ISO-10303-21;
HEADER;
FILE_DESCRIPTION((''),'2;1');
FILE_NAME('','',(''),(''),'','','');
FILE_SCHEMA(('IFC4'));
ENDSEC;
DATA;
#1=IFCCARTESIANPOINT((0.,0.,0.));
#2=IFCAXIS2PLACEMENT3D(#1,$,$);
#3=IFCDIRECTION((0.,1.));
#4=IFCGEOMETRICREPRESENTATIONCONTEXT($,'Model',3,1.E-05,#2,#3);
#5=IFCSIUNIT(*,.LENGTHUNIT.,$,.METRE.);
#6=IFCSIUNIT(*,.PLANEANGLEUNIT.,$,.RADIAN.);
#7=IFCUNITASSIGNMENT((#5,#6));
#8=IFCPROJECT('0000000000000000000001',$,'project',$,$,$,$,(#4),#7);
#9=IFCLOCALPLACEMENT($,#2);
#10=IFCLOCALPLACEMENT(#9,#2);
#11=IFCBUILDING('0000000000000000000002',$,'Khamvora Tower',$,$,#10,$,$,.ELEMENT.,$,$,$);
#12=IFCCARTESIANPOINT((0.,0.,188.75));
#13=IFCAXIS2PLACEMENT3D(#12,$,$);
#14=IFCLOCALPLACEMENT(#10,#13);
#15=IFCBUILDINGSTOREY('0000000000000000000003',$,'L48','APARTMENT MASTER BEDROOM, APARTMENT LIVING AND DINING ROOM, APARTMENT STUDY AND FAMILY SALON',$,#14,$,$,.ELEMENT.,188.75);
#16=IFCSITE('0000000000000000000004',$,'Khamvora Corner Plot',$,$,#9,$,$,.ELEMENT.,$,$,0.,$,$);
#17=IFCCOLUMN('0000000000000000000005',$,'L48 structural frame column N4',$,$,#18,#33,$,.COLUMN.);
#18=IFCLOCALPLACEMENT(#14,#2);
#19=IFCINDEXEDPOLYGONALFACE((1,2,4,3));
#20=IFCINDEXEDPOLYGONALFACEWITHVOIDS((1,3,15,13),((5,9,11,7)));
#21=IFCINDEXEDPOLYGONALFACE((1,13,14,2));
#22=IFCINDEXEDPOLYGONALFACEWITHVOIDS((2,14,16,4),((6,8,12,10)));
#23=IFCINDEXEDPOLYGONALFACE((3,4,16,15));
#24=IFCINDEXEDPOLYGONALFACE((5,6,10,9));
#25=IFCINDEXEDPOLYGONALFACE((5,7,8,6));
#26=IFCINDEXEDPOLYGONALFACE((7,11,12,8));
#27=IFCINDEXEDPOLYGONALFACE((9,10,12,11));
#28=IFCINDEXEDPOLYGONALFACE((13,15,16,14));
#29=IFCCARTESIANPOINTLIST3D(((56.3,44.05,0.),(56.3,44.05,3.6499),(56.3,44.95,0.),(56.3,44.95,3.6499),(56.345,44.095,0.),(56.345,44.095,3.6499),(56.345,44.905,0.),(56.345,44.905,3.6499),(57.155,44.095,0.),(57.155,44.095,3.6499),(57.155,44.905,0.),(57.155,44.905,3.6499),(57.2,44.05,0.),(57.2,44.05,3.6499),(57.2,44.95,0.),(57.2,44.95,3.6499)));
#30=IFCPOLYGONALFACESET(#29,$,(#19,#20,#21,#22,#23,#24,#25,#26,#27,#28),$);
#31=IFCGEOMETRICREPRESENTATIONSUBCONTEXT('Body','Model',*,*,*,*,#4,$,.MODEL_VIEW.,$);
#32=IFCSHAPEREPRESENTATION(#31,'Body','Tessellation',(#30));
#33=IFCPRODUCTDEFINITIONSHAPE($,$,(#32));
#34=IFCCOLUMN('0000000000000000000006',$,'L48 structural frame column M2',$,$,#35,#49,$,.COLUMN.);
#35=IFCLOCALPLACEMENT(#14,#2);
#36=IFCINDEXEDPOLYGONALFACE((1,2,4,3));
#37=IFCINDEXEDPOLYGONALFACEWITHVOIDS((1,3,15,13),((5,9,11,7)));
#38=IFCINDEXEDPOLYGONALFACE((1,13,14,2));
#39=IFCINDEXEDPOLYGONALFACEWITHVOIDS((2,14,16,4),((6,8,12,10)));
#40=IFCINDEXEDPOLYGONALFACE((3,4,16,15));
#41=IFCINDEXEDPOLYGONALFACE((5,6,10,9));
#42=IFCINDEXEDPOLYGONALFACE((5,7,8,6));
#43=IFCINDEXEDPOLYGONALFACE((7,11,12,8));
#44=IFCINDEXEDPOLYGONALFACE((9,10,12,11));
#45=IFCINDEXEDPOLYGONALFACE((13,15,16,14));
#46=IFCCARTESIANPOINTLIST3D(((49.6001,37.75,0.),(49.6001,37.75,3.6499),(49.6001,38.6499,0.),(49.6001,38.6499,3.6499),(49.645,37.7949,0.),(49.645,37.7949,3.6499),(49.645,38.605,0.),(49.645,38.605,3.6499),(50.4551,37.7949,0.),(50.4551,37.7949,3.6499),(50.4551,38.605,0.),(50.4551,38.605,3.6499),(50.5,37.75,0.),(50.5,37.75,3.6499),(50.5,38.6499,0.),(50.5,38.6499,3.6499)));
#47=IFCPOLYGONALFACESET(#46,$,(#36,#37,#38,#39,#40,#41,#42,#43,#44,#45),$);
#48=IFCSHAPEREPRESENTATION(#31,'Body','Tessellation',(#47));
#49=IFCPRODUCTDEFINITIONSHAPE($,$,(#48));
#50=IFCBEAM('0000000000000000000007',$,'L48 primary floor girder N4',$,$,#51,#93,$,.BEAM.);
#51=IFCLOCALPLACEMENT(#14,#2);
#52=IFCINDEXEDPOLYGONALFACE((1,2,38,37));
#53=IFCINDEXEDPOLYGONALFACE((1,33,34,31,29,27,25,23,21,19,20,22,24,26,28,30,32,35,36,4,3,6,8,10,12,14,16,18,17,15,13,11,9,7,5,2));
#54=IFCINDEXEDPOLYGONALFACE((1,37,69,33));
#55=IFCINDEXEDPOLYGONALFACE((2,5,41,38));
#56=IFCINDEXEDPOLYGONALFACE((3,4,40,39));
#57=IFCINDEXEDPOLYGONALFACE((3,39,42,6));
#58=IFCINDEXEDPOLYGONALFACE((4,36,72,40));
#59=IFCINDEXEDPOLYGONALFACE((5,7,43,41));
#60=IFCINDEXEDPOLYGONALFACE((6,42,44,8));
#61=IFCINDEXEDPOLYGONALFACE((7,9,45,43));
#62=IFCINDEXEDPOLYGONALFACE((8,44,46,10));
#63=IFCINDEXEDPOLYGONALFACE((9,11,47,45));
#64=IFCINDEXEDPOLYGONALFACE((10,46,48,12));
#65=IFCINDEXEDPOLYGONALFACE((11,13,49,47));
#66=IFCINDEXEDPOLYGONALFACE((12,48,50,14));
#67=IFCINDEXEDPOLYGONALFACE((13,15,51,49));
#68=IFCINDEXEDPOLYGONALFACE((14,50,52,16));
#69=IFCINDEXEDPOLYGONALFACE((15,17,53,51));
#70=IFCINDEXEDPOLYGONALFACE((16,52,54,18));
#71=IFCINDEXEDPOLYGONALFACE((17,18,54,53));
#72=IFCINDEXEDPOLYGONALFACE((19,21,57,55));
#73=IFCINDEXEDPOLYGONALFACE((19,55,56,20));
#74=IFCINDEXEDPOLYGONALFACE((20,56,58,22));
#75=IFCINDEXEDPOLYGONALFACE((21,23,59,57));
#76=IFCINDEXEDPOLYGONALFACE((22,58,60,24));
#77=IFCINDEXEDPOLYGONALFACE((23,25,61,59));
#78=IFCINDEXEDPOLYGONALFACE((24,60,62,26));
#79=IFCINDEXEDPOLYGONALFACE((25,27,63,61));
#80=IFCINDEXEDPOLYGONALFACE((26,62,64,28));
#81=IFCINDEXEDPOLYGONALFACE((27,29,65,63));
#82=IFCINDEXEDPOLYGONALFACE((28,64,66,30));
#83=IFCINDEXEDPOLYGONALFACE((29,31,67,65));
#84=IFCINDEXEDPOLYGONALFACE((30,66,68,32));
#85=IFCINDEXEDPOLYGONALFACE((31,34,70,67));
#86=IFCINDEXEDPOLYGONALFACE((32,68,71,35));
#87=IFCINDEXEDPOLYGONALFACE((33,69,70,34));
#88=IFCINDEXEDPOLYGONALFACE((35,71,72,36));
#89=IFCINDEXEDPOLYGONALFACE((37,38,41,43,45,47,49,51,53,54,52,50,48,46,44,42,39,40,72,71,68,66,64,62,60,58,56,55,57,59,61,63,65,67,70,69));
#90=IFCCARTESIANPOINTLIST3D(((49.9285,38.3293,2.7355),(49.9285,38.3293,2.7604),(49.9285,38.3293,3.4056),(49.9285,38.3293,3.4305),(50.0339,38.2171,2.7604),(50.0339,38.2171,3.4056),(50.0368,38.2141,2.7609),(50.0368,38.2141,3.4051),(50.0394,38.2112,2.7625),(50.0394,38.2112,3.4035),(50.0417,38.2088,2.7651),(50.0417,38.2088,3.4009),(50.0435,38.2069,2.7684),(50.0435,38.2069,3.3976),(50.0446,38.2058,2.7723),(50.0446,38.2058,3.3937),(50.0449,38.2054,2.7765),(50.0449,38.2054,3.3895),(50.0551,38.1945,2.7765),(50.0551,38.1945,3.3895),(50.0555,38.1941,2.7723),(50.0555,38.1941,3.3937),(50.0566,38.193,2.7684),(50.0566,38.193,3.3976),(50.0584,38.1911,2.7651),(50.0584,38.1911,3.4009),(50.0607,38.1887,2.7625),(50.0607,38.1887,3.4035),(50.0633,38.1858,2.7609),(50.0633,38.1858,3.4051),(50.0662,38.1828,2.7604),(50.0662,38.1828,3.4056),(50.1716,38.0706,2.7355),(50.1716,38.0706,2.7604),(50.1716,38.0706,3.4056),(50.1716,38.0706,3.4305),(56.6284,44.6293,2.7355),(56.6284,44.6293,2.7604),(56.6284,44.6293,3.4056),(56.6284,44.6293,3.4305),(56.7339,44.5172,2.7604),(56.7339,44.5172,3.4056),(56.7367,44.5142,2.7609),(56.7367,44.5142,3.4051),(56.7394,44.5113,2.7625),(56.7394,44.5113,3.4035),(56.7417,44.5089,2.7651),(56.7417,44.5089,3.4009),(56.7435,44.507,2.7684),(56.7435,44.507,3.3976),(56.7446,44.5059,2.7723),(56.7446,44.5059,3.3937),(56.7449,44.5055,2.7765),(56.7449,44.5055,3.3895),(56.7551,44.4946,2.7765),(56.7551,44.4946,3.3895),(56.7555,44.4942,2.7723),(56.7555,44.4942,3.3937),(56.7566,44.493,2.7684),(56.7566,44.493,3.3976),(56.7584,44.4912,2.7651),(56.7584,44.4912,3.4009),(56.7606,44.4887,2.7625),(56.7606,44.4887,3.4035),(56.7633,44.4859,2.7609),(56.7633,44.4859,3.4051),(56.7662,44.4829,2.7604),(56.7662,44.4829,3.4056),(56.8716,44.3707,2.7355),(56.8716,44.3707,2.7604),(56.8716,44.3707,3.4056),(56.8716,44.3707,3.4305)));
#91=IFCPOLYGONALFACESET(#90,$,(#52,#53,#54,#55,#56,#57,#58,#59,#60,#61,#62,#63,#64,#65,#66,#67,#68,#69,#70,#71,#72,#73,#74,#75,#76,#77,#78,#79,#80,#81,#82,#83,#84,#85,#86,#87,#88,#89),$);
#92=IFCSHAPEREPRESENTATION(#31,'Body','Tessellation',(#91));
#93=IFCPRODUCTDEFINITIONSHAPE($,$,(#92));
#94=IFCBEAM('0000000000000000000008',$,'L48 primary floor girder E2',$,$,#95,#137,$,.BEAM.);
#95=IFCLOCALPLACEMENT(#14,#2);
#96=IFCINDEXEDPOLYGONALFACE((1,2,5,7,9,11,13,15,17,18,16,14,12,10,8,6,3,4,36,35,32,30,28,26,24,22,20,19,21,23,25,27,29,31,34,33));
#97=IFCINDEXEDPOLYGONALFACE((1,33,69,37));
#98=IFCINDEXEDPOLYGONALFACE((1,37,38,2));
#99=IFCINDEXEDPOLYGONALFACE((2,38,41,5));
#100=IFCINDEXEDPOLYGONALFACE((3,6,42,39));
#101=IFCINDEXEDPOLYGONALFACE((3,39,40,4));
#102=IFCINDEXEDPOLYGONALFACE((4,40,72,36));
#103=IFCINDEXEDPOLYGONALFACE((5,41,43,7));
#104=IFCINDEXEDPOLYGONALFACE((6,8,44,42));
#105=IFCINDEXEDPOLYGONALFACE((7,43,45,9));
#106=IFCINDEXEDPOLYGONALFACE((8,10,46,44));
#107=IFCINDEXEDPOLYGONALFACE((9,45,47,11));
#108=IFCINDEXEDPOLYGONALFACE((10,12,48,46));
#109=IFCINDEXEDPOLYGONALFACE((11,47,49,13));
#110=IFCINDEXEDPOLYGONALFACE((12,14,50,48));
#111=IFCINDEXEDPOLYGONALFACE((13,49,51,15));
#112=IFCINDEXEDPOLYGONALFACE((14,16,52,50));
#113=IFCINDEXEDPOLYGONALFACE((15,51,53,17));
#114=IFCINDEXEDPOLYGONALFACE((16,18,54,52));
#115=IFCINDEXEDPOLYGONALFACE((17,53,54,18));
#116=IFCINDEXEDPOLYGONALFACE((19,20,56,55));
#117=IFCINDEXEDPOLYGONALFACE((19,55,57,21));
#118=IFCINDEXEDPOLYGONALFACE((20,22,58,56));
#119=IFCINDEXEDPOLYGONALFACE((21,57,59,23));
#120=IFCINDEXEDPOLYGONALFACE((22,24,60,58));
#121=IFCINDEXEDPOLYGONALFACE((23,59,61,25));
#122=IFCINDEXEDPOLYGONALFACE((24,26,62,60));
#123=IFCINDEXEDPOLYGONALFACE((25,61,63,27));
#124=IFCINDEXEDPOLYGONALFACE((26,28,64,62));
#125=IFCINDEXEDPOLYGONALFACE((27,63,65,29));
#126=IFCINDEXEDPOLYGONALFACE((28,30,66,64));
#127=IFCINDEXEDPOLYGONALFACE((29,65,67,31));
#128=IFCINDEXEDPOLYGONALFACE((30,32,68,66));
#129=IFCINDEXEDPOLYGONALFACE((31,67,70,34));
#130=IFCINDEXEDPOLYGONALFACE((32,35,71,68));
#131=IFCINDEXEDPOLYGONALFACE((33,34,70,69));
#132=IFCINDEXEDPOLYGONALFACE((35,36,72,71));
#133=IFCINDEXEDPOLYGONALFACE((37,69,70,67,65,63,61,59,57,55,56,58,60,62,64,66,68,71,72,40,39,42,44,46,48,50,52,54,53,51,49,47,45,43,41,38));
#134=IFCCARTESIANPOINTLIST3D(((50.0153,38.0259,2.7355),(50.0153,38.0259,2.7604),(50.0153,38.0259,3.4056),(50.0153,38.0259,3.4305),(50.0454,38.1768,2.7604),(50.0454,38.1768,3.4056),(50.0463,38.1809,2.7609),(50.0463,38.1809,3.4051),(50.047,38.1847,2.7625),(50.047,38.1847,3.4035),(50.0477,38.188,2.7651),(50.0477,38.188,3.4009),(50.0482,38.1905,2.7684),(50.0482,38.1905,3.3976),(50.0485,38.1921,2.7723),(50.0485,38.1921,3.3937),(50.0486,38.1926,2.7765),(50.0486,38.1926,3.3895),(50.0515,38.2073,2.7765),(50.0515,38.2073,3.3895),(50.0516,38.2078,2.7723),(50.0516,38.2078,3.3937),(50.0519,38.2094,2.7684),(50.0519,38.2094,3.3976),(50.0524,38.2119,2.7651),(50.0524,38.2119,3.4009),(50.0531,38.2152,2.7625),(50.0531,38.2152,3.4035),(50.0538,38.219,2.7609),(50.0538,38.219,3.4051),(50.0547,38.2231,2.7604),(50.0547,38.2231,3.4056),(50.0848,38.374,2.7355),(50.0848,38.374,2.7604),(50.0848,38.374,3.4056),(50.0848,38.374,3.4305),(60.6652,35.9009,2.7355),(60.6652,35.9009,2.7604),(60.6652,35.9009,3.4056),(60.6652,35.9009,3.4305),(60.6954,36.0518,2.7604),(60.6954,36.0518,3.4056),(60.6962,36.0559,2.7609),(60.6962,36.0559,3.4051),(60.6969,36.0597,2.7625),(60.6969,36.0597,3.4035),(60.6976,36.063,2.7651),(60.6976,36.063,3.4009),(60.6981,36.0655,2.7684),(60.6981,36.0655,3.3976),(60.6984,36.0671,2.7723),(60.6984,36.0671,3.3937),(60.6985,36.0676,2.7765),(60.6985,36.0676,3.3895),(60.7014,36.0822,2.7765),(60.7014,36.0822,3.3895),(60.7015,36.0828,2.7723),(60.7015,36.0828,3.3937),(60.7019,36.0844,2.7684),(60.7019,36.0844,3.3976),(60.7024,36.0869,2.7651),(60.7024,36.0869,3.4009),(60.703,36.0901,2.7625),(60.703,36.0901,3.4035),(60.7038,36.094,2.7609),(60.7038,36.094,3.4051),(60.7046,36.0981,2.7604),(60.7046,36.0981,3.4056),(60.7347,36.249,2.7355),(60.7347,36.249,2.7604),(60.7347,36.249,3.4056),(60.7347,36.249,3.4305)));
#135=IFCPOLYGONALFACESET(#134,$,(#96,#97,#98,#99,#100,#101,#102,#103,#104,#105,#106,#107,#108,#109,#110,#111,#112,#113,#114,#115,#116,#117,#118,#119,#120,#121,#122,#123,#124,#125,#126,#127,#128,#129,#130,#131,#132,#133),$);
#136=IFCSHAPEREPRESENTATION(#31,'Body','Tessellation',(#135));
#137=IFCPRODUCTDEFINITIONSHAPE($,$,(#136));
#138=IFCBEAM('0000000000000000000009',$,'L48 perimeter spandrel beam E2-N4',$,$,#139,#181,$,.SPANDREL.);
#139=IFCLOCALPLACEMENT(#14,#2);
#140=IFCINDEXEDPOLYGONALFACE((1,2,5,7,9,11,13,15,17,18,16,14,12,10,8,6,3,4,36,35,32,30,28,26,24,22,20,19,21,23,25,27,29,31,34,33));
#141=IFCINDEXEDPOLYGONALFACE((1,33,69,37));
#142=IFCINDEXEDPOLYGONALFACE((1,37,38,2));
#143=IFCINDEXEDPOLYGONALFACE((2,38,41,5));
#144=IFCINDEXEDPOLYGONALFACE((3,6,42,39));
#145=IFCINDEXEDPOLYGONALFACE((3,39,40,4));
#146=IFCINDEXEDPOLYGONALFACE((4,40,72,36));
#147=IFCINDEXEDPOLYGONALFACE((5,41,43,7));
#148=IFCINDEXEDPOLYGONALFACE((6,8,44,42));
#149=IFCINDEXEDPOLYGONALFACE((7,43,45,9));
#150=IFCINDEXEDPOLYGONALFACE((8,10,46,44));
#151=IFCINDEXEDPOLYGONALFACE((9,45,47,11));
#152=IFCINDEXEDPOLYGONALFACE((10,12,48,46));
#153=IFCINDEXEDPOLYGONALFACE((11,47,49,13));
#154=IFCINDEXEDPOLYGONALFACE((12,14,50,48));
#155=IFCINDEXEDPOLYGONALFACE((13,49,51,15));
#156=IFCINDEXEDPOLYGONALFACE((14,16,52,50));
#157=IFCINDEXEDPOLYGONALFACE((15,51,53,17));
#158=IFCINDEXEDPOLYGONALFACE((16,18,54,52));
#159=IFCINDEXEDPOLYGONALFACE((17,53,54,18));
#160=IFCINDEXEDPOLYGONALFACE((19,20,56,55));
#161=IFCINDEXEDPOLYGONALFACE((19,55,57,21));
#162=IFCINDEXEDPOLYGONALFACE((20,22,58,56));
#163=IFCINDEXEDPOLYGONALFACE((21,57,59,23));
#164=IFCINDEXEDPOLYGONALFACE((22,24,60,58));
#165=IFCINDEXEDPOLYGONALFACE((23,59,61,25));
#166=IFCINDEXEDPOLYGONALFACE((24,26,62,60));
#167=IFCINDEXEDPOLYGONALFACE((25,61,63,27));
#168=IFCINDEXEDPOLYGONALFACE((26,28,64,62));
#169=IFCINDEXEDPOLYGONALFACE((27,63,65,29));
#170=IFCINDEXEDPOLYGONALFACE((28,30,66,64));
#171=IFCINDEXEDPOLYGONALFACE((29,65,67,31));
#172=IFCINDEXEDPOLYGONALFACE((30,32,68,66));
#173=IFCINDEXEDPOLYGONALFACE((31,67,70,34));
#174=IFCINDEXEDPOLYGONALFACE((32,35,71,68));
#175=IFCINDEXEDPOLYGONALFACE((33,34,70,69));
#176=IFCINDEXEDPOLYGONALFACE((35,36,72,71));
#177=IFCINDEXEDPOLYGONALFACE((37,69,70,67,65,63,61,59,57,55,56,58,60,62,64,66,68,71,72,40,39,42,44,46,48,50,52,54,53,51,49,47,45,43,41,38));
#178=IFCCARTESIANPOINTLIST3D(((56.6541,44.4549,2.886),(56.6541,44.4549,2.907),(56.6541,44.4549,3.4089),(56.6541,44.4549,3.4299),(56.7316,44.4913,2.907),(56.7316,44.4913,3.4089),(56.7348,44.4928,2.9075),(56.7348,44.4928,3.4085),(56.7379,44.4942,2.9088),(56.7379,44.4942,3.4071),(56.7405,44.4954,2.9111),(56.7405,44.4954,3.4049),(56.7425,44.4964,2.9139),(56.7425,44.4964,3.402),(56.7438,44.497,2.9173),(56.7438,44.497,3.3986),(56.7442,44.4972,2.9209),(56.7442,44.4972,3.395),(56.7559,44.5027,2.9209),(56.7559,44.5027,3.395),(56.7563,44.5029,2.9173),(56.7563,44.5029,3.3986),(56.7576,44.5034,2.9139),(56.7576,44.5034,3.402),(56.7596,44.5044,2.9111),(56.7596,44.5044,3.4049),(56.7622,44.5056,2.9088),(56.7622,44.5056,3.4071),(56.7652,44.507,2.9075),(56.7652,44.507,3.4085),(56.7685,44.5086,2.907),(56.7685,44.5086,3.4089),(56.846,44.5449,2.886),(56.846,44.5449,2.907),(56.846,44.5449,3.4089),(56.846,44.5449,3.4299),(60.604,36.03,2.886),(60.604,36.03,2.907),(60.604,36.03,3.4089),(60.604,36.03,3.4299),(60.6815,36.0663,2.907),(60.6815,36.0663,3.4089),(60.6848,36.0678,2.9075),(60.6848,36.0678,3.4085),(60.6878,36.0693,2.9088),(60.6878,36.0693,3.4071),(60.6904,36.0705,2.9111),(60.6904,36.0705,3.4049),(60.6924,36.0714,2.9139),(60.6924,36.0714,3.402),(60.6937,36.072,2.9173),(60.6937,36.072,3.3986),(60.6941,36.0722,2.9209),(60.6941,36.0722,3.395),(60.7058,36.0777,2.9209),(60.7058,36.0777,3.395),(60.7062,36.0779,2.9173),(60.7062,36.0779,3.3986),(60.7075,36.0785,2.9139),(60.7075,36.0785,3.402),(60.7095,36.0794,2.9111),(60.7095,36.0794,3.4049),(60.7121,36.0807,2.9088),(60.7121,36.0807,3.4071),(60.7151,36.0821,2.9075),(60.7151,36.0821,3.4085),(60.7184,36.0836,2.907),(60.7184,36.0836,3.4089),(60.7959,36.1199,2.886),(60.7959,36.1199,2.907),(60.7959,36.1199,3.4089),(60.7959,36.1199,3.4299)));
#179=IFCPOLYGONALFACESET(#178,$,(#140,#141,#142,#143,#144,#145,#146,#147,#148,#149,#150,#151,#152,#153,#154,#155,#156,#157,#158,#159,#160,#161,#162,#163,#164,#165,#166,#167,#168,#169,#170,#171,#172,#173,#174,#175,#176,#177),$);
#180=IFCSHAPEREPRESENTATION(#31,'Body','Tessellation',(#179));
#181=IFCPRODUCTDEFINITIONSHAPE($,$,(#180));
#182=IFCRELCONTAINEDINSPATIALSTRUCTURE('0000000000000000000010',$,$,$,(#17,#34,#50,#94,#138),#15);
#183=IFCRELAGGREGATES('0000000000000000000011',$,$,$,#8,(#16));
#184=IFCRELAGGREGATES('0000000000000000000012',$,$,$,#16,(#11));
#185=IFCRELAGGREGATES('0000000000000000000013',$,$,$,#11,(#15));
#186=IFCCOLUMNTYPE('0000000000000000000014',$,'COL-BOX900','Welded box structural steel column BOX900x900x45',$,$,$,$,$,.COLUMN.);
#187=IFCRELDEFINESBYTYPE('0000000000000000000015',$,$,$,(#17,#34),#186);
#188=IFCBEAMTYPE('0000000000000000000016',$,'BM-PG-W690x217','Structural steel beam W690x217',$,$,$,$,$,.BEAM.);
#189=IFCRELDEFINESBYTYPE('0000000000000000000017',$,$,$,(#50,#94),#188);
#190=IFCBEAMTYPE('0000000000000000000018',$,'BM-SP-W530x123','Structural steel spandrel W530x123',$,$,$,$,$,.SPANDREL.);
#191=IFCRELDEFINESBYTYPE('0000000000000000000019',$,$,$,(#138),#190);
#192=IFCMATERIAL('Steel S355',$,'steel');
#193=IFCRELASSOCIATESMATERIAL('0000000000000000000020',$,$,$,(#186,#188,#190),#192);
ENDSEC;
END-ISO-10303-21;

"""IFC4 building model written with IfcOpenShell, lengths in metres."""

from ifc_helpers import new_model, si_unit, direction, frame, origin, origin_2d, place, context, subcontext, project, spatial, hollow_rectangle, i_section, extrude, material, material_profile, profile_set, type_object, element, save


model = new_model("IFC4")

# Units and contexts
model_context = context("Model", 3, precision=1e-05, world=origin(), true_north=direction((0.0, 1.0)))
body_context = subcontext(model_context, "Body", "Model", "MODEL_VIEW")
ifc_project = project(units=[si_unit("LENGTHUNIT", "METRE"), si_unit("PLANEANGLEUNIT", "RADIAN")], contexts=[model_context])

# Site, building, storey
site_placement = place(None, origin())
site = spatial("IfcSite", under=ifc_project, at=site_placement, Name="Khamvora Corner Plot", CompositionType="ELEMENT", RefElevation=0.0)
building_placement = place(site_placement, origin())
building = spatial("IfcBuilding", under=site, at=building_placement, Name="Khamvora Tower", CompositionType="ELEMENT")
storey_placement = place(building_placement, frame((0.0, 0.0, 188.75)))
storey = spatial("IfcBuildingStorey", under=building, at=storey_placement, Name="L48", Description="APARTMENT MASTER BEDROOM, APARTMENT LIVING AND DINING ROOM, APARTMENT STUDY AND FAMILY SALON", CompositionType="ELEMENT", Elevation=188.75)

# Columns
ifc_material_1 = material(Name="Steel S355", Category="steel")
ifc_material_profile_1 = material_profile(ifc_material_1, hollow_rectangle(XDim=0.8999, YDim=0.8999, WallThickness=0.0449, at=origin_2d()), Name="BOX900x900x45")
ifc_profile_set_1 = profile_set([ifc_material_profile_1], Name="Steel S355")
column_type = type_object("IfcColumnType", Name="COL-BOX900", Description="Welded box structural steel column BOX900x900x45", PredefinedType="COLUMN", material=ifc_profile_set_1)
for number, where, z_axis, x_axis, name in (
    (1, (56.75, 44.5, 0.0), (0.0, 0.0, 1.0), (1.0, 0.0, 0.0), "L48 structural frame column N4"),
    (2, (50.05, 38.2, 0.0), (0.0, 0.0, 1.0), (1.0, 0.0, 0.0), "L48 structural frame column M2"),
):
    element("IfcColumn", number, at=place(storey_placement, frame(where, z_axis=z_axis, x_axis=x_axis)), inside=storey, type_object=column_type, Name=name, PredefinedType="COLUMN", context=body_context, shape_type="SweptSolid", body=[
        extrude(hollow_rectangle(XDim=0.8999, YDim=0.8999, WallThickness=0.0449, at=origin_2d()), origin(), (0.0, 0.0, 1.0), 3.6499),
    ])

# Beams
ifc_material_profile_2 = material_profile(ifc_material_1, i_section(OverallWidth=0.355, OverallDepth=0.6951, WebThickness=0.0149, FlangeThickness=0.0249, FilletRadius=0.0161, at=origin_2d()), Name="W690x217")
ifc_profile_set_2 = profile_set([ifc_material_profile_2], Name="Steel S355")
beam_type_1 = type_object("IfcBeamType", Name="BM-PG-W690x217", Description="Structural steel beam W690x217", PredefinedType="BEAM", material=ifc_profile_set_2)
beam_1_placement = place(storey_placement, frame((50.05, 38.2, 3.083), z_axis=(0.728514, 0.685031, 0.0), x_axis=(-0.685031, 0.728514, 0.0)))
element("IfcBeam", 3, at=beam_1_placement, inside=storey, type_object=beam_type_1, Name="L48 primary floor girder N4", PredefinedType="BEAM", context=body_context, shape_type="SweptSolid", body=[
    extrude(i_section(OverallWidth=0.355, OverallDepth=0.6951, WebThickness=0.0149, FlangeThickness=0.0249, FilletRadius=0.0161, at=origin_2d()), origin(), (0.0, 0.0, 1.0), 9.1968),
])
beam_2_placement = place(storey_placement, frame((50.05, 38.2, 3.083), z_axis=(0.980669, -0.195675, 0.0), x_axis=(0.195675, 0.980669, 0.0)))
element("IfcBeam", 4, at=beam_2_placement, inside=storey, type_object=beam_type_1, Name="L48 primary floor girder E2", PredefinedType="BEAM", context=body_context, shape_type="SweptSolid", body=[
    extrude(i_section(OverallWidth=0.355, OverallDepth=0.6951, WebThickness=0.0149, FlangeThickness=0.0249, FilletRadius=0.0161, at=origin_2d()), origin(), (0.0, 0.0, 1.0), 10.8599),
])
ifc_material_profile_3 = material_profile(ifc_material_1, i_section(OverallWidth=0.2119, OverallDepth=0.5439, WebThickness=0.0129, FlangeThickness=0.021, FilletRadius=0.0139, at=origin_2d()), Name="W530x123")
ifc_profile_set_3 = profile_set([ifc_material_profile_3], Name="Steel S355")
beam_type_2 = type_object("IfcBeamType", Name="BM-SP-W530x123", Description="Structural steel spandrel W530x123", PredefinedType="SPANDREL", material=ifc_profile_set_3)
beam_3_placement = place(storey_placement, frame((60.7, 36.075, 3.158), z_axis=(-0.424496, 0.90543, 0.0), x_axis=(-0.90543, -0.424496, 0.0)))
element("IfcBeam", 5, at=beam_3_placement, inside=storey, type_object=beam_type_2, Name="L48 perimeter spandrel beam E2-N4", PredefinedType="SPANDREL", context=body_context, shape_type="SweptSolid", body=[
    extrude(i_section(OverallWidth=0.2119, OverallDepth=0.5439, WebThickness=0.0129, FlangeThickness=0.021, FilletRadius=0.0139, at=origin_2d()), origin(), (0.0, 0.0, 1.0), 9.3049),
])

save(model, "model.ifc")
